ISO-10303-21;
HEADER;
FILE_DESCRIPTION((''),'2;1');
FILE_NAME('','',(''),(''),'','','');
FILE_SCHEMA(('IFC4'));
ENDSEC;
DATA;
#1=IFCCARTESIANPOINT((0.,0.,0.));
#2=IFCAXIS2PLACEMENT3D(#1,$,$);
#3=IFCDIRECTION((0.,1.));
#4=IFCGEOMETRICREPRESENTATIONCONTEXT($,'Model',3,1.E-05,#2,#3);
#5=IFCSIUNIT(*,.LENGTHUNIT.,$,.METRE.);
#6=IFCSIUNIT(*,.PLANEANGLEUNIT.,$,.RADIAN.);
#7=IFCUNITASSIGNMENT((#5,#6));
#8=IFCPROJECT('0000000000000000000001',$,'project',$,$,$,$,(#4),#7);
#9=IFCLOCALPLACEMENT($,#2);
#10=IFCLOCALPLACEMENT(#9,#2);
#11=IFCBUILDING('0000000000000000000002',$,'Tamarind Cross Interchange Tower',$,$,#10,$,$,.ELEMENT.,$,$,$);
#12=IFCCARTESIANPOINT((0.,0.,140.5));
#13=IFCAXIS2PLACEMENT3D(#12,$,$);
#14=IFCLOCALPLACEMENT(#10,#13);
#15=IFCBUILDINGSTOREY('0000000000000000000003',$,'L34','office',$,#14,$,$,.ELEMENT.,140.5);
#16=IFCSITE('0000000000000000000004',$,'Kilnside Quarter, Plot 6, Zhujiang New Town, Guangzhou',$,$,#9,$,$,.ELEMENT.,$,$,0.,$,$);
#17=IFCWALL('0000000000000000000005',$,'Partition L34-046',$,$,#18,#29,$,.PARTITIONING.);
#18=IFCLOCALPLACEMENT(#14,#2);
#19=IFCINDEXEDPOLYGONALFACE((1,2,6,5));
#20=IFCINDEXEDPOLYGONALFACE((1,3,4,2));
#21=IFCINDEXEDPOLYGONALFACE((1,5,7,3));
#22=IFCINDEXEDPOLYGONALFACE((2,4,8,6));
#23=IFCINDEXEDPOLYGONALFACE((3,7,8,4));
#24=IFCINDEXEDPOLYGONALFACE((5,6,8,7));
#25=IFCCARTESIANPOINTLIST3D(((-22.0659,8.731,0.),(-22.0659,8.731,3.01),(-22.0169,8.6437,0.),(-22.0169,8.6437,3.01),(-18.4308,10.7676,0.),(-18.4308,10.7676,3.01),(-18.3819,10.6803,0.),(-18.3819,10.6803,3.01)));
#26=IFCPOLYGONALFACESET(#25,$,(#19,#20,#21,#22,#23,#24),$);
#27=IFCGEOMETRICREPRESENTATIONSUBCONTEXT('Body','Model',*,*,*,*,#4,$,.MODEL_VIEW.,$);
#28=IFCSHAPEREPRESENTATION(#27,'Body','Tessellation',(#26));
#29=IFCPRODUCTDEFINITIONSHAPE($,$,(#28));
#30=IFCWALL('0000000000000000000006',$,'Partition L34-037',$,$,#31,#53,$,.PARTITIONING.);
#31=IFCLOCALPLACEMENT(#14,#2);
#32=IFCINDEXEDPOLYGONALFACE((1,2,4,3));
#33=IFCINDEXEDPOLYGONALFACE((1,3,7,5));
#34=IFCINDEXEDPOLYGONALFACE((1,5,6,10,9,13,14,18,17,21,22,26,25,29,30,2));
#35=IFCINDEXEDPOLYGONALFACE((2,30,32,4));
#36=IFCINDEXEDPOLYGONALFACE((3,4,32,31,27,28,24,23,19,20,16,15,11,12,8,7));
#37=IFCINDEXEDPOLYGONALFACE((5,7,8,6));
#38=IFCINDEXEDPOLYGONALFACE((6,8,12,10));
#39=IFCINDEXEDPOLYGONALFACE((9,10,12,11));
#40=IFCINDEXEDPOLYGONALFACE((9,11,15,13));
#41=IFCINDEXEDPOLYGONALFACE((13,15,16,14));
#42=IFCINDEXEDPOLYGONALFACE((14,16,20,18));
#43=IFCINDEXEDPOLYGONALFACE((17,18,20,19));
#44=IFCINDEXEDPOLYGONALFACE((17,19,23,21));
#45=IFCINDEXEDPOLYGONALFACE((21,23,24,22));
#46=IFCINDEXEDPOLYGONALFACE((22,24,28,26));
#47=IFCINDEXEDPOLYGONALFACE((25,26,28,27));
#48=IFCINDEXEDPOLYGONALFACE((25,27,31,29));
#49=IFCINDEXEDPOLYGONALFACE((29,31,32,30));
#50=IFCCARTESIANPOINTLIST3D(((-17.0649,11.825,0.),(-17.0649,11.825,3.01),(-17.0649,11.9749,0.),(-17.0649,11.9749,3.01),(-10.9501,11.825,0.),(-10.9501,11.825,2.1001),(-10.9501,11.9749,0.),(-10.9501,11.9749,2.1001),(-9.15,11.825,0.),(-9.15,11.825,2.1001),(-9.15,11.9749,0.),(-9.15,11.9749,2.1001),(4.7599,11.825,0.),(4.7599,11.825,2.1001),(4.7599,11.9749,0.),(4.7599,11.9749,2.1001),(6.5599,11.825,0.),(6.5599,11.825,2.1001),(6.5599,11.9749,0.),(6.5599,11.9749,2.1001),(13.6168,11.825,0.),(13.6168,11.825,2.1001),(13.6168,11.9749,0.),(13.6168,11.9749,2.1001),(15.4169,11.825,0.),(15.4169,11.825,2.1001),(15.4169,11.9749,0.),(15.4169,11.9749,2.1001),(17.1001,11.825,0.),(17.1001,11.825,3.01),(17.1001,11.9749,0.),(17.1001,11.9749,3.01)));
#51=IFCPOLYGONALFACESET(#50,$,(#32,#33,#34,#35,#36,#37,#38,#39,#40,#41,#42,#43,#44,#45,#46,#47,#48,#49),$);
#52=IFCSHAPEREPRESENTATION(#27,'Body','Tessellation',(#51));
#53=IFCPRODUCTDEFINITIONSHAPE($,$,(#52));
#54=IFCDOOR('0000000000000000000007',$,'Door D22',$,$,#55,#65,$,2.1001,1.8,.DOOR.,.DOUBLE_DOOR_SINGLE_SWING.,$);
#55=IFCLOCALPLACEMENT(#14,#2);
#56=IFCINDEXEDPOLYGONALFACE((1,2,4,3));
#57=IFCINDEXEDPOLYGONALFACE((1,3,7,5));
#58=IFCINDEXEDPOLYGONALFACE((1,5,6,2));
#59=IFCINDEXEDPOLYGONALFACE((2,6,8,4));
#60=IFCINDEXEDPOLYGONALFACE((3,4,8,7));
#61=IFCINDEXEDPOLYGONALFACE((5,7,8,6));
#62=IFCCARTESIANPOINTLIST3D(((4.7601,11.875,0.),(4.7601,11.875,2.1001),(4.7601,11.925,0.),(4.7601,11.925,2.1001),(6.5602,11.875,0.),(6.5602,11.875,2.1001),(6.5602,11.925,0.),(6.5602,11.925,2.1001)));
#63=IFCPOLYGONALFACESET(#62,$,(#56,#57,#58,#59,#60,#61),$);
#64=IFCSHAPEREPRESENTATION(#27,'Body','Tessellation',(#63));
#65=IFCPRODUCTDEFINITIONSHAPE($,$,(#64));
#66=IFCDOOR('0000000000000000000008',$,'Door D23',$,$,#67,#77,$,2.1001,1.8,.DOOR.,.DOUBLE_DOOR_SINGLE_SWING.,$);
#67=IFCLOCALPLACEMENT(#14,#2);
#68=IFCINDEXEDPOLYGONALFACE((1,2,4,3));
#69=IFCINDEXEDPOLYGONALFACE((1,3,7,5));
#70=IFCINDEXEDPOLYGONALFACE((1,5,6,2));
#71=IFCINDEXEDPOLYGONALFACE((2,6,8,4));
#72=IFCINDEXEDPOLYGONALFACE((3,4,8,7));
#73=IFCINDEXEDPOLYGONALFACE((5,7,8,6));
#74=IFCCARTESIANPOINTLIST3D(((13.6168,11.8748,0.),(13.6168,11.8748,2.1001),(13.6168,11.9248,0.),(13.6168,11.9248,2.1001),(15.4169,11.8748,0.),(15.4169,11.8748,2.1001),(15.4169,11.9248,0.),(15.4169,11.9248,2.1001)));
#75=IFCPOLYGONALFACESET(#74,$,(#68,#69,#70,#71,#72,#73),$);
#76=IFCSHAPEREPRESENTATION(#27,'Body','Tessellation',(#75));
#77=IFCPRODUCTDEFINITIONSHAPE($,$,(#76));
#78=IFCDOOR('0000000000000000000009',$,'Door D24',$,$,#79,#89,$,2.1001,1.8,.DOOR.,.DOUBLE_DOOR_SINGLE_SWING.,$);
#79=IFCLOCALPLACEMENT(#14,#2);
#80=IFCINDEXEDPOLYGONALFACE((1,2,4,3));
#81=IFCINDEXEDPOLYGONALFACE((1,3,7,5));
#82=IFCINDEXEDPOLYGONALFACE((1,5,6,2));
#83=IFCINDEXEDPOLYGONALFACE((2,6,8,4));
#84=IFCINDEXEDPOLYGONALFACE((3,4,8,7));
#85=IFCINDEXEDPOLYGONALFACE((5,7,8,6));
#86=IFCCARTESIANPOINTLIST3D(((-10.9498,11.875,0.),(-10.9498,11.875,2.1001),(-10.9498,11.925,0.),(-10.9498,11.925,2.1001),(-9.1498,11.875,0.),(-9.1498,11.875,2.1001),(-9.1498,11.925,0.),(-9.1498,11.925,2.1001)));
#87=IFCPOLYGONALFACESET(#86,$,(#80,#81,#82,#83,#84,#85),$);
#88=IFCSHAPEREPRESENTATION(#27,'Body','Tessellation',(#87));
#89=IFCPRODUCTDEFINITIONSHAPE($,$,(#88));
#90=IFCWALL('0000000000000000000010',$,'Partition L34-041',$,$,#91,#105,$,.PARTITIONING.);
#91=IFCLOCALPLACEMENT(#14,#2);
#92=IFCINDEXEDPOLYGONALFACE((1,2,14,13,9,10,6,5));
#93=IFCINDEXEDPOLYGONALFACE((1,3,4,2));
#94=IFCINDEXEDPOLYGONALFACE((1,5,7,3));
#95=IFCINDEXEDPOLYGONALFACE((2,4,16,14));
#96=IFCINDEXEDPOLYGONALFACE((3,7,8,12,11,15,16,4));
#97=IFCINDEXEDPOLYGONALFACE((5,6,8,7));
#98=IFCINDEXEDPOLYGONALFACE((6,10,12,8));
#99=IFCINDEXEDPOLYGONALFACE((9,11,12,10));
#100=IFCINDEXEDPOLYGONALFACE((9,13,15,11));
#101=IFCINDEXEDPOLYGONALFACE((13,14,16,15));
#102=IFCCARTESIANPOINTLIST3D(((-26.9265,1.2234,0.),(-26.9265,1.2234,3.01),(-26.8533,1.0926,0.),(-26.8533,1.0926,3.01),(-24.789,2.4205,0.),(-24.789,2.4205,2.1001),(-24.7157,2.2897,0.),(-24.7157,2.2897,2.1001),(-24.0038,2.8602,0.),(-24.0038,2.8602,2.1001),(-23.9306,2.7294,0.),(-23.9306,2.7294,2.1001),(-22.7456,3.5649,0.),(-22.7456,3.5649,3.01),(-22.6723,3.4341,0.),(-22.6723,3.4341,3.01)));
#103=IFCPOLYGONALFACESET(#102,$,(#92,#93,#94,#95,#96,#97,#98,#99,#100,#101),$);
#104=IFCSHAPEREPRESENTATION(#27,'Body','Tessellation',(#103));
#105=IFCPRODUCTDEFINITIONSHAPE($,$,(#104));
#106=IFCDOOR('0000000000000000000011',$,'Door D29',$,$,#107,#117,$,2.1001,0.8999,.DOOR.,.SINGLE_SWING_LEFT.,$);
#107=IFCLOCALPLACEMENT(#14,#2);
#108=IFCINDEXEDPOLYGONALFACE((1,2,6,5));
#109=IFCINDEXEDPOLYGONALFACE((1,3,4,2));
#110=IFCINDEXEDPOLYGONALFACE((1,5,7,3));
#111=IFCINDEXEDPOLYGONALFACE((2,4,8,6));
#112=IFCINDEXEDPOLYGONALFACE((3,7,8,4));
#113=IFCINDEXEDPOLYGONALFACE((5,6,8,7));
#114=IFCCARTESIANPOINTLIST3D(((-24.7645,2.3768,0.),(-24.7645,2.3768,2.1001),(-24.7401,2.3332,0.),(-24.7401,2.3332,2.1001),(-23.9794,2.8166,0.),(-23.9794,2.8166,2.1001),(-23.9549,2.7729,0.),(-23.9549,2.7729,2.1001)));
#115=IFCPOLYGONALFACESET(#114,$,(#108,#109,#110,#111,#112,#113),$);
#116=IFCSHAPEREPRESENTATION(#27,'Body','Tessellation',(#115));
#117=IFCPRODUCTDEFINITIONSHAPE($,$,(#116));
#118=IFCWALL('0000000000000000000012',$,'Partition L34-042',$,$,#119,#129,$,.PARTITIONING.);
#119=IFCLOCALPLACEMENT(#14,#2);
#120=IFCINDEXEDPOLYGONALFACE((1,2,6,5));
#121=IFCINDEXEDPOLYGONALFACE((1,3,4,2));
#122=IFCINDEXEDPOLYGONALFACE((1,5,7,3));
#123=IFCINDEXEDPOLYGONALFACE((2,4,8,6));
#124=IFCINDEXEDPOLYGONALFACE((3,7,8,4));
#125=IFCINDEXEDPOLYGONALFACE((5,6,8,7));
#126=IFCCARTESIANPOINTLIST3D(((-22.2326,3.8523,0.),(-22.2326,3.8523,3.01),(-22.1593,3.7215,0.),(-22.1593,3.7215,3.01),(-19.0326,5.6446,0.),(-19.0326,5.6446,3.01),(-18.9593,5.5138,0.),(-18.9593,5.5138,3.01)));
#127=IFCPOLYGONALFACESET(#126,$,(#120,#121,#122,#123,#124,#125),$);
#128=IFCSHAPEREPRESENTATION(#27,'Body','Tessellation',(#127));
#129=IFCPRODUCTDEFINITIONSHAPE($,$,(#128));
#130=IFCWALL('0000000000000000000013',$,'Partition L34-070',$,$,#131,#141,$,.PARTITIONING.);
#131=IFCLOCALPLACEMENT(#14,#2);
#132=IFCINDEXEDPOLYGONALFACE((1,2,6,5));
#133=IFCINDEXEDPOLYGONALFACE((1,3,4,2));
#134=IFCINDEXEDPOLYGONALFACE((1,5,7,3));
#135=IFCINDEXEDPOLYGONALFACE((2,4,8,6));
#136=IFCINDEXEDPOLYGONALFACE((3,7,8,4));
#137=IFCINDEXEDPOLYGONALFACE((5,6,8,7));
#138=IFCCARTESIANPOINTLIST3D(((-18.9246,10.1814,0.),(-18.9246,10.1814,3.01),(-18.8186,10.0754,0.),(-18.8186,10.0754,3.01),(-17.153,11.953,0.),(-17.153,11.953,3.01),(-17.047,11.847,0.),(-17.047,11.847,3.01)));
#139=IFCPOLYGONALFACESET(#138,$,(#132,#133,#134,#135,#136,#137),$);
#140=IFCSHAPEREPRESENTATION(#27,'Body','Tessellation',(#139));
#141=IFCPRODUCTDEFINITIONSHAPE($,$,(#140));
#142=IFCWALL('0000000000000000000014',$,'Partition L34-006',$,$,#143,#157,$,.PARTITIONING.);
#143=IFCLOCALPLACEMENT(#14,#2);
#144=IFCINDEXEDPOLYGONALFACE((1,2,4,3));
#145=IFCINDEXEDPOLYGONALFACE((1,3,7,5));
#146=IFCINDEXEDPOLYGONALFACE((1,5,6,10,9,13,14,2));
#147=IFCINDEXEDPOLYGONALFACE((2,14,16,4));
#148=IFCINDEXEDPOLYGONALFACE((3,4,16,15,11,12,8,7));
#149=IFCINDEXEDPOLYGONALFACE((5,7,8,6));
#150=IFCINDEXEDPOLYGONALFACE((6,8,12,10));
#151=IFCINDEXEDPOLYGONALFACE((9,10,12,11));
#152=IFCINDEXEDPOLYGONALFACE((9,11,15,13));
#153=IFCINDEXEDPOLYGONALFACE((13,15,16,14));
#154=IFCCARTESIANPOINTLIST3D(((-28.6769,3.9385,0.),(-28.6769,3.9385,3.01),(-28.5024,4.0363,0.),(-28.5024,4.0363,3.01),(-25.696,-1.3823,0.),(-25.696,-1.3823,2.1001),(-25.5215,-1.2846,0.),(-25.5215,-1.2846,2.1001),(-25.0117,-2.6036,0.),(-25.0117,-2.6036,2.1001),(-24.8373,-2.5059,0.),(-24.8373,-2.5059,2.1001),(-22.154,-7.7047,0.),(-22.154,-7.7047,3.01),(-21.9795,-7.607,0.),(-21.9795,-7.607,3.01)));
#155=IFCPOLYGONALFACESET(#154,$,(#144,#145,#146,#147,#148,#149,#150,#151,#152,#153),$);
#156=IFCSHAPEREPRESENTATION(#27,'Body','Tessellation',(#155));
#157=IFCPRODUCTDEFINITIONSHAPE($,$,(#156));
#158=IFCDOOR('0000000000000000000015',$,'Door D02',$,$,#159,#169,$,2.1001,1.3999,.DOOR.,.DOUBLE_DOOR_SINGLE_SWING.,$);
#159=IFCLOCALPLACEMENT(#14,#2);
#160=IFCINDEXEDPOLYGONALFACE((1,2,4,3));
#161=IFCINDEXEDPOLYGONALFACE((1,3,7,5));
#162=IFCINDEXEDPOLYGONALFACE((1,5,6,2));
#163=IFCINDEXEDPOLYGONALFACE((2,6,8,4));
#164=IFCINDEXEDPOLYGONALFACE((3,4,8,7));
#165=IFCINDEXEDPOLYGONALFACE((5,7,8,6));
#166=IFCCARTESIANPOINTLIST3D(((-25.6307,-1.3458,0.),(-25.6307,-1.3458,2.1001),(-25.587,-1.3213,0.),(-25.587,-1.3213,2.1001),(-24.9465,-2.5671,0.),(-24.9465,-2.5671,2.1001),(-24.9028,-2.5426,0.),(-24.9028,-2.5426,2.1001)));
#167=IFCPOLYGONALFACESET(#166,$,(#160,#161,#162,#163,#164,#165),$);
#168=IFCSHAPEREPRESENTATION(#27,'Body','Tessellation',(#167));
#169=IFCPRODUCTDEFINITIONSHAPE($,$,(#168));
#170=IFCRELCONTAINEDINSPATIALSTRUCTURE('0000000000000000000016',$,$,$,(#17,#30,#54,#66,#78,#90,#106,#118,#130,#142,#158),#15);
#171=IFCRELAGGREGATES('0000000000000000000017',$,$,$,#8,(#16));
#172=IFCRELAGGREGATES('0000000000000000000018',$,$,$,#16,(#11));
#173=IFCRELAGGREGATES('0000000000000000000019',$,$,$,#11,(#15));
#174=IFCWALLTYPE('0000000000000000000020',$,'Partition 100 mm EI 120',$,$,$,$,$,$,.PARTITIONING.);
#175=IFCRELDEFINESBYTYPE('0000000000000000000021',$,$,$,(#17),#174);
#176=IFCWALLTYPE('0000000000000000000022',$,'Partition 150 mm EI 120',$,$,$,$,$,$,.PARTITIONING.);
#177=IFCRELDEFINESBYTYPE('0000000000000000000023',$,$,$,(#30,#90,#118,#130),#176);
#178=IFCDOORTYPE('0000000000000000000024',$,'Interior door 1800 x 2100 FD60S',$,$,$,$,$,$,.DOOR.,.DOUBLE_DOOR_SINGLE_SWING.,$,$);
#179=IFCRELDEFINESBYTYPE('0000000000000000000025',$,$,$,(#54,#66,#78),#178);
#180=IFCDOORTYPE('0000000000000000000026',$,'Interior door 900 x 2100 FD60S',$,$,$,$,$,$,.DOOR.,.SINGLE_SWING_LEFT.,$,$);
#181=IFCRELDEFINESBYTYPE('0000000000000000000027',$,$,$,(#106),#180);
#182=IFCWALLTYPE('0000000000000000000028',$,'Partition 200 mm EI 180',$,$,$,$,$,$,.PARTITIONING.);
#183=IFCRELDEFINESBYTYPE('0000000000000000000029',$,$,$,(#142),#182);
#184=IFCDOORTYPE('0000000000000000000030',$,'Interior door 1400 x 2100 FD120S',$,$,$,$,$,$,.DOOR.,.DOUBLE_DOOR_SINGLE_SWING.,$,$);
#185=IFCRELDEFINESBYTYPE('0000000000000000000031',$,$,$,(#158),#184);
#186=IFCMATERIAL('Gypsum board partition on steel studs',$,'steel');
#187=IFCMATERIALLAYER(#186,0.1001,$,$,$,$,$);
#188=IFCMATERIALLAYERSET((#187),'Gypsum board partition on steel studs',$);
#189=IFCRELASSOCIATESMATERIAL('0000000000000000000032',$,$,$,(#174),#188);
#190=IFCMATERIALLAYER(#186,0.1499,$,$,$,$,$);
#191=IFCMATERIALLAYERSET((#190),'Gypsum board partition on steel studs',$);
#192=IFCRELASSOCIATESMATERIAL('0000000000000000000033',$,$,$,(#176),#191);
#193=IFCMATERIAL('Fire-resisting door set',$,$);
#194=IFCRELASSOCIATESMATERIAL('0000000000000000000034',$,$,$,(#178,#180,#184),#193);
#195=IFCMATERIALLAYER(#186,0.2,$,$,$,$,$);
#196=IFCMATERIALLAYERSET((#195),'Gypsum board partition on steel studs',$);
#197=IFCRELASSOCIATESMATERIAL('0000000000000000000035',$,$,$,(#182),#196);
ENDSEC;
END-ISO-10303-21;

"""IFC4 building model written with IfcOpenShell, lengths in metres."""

from ifc_helpers import new_model, si_unit, direction, frame, frame_2d, origin, place, context, subcontext, project, spatial, rectangle, extrude, material, layer, layer_set, type_object, element, fill, save


model = new_model("IFC4")

# Units and contexts
model_context = context("Model", 3, precision=1e-05, world=origin(), true_north=direction((0.0, 1.0)))
body_context = subcontext(model_context, "Body", "Model", "MODEL_VIEW")
ifc_project = project(units=[si_unit("LENGTHUNIT", "METRE"), si_unit("PLANEANGLEUNIT", "RADIAN")], contexts=[model_context])

# Site, building, storey
site_placement = place(None, origin())
site = spatial("IfcSite", under=ifc_project, at=site_placement, Name="Kilnside Quarter, Plot 6, Zhujiang New Town, Guangzhou", CompositionType="ELEMENT", RefElevation=0.0)
building_placement = place(site_placement, origin())
building = spatial("IfcBuilding", under=site, at=building_placement, Name="Tamarind Cross Interchange Tower", CompositionType="ELEMENT")
storey_placement = place(building_placement, frame((0.0, 0.0, 140.5)))
storey = spatial("IfcBuildingStorey", under=building, at=storey_placement, Name="L34", Description="office", CompositionType="ELEMENT", Elevation=140.5)

# Wall
ifc_material_1 = material(Name="Gypsum board partition on steel studs", Category="steel")
ifc_layer_1 = layer(ifc_material_1, 0.1001)
ifc_layer_set_1 = layer_set([ifc_layer_1], Name="Gypsum board partition on steel studs")
wall_type_1 = type_object("IfcWallType", Name="Partition 100 mm EI 120", PredefinedType="PARTITIONING", material=ifc_layer_set_1)
wall_1_placement = place(storey_placement, frame((-22.0415, 8.6873, 0.0), z_axis=(0.0, 0.0, 1.0), x_axis=(0.872402, 0.488789, 0.0)))
element("IfcWall", 1, at=wall_1_placement, inside=storey, type_object=wall_type_1, Name="Partition L34-046", PredefinedType="PARTITIONING", context=body_context, shape_type="SweptSolid", body=[
    extrude(rectangle(XDim=4.1667, YDim=0.1001, at=frame_2d((2.0835, 0.0))), origin(), (0.0, 0.0, 1.0), 3.01),
])

# Wall, openings, doors
ifc_layer_2 = layer(ifc_material_1, 0.1499)
ifc_layer_set_2 = layer_set([ifc_layer_2], Name="Gypsum board partition on steel studs")
wall_type_2 = type_object("IfcWallType", Name="Partition 150 mm EI 120", PredefinedType="PARTITIONING", material=ifc_layer_set_2)
wall_2_placement = place(storey_placement, frame((-17.0649, 11.8999, 0.0), z_axis=(0.0, 0.0, 1.0), x_axis=(1.0, 0.0, 0.0)))
wall_2 = element("IfcWall", 2, at=wall_2_placement, inside=storey, type_object=wall_type_2, Name="Partition L34-037", PredefinedType="PARTITIONING", context=body_context, shape_type="SweptSolid", body=[
    extrude(rectangle(XDim=34.165, YDim=0.1499, at=frame_2d((17.0825, 0.0))), origin(), (0.0, 0.0, 1.0), 3.01),
])
opening_1_placement = place(wall_2_placement, frame((21.825, 0.0, 0.0)))
opening_1 = element("IfcOpeningElement", 3, at=opening_1_placement, cuts=wall_2, PredefinedType="OPENING", context=body_context, shape_type="SweptSolid", body=[
    extrude(rectangle(XDim=1.8, YDim=2.1001, at=frame_2d((0.8999, 1.05))), frame((0.0, 0.085, 0.0), z_axis=(0.0, -1.0, 0.0), x_axis=(1.0, 0.0, 0.0)), (0.0, 0.0, 1.0), 0.1699),
])
opening_2_placement = place(wall_2_placement, frame((30.6819, 0.0, 0.0)))
opening_2 = element("IfcOpeningElement", 4, at=opening_2_placement, cuts=wall_2, PredefinedType="OPENING", context=body_context, shape_type="SweptSolid", body=[
    extrude(rectangle(XDim=1.8, YDim=2.1001, at=frame_2d((0.8999, 1.05))), frame((0.0, 0.085, 0.0), z_axis=(0.0, -1.0, 0.0), x_axis=(1.0, 0.0, 0.0)), (0.0, 0.0, 1.0), 0.1699),
])
opening_3_placement = place(wall_2_placement, frame((6.115, 0.0, 0.0)))
opening_3 = element("IfcOpeningElement", 5, at=opening_3_placement, cuts=wall_2, PredefinedType="OPENING", context=body_context, shape_type="SweptSolid", body=[
    extrude(rectangle(XDim=1.8, YDim=2.1001, at=frame_2d((0.8999, 1.05))), frame((0.0, 0.085, 0.0), z_axis=(0.0, -1.0, 0.0), x_axis=(1.0, 0.0, 0.0)), (0.0, 0.0, 1.0), 0.1699),
])
ifc_material_2 = material(Name="Fire-resisting door set")
door_type_1 = type_object("IfcDoorType", Name="Interior door 1800 x 2100 FD60S", OperationType="DOUBLE_DOOR_SINGLE_SWING", PredefinedType="DOOR", material=ifc_material_2)
door_1_placement = place(opening_1_placement, frame((1.8, 0.0, 0.0), z_axis=(0.0, 0.0, 1.0), x_axis=(-1.0, 0.0, 0.0)))
door_1 = element("IfcDoor", 6, at=door_1_placement, inside=storey, type_object=door_type_1, Name="Door D22", OperationType="DOUBLE_DOOR_SINGLE_SWING", OverallHeight=2.1001, OverallWidth=1.8, PredefinedType="DOOR", context=body_context, shape_type="SweptSolid", body=[
    extrude(rectangle(XDim=1.8, YDim=2.1001, at=frame_2d((0.8999, 1.05))), frame((0.0, 0.0249, 0.0), z_axis=(0.0, -1.0, 0.0), x_axis=(1.0, 0.0, 0.0)), (0.0, 0.0, 1.0), 0.05),
])
fill(opening_1, door_1)
door_2_placement = place(opening_2_placement, origin())
door_2 = element("IfcDoor", 7, at=door_2_placement, inside=storey, type_object=door_type_1, Name="Door D23", OperationType="DOUBLE_DOOR_SINGLE_SWING", OverallHeight=2.1001, OverallWidth=1.8, PredefinedType="DOOR", context=body_context, shape_type="SweptSolid", body=[
    extrude(rectangle(XDim=1.8, YDim=2.1001, at=frame_2d((0.8999, 1.05))), frame((0.0, 0.0249, 0.0), z_axis=(0.0, -1.0, 0.0), x_axis=(1.0, 0.0, 0.0)), (0.0, 0.0, 1.0), 0.05),
])
fill(opening_2, door_2)
door_3_placement = place(opening_3_placement, frame((1.8, 0.0, 0.0), z_axis=(0.0, 0.0, 1.0), x_axis=(-1.0, 0.0, 0.0)))
door_3 = element("IfcDoor", 8, at=door_3_placement, inside=storey, type_object=door_type_1, Name="Door D24", OperationType="DOUBLE_DOOR_SINGLE_SWING", OverallHeight=2.1001, OverallWidth=1.8, PredefinedType="DOOR", context=body_context, shape_type="SweptSolid", body=[
    extrude(rectangle(XDim=1.8, YDim=2.1001, at=frame_2d((0.8999, 1.05))), frame((0.0, 0.0249, 0.0), z_axis=(0.0, -1.0, 0.0), x_axis=(1.0, 0.0, 0.0)), (0.0, 0.0, 1.0), 0.05),
])
fill(opening_3, door_3)

# Wall, opening, door
wall_3_placement = place(storey_placement, frame((-26.8899, 1.158, 0.0), z_axis=(0.0, 0.0, 1.0), x_axis=(0.872484, 0.488642, 0.0)))
wall_3 = element("IfcWall", 9, at=wall_3_placement, inside=storey, type_object=wall_type_2, Name="Partition L34-041", PredefinedType="PARTITIONING", context=body_context, shape_type="SweptSolid", body=[
    extrude(rectangle(XDim=4.792, YDim=0.1499, at=frame_2d((2.396, 0.0))), origin(), (0.0, 0.0, 1.0), 3.01),
])
opening_4_placement = place(wall_3_placement, frame((2.45, 0.0, 0.0)))
opening_4 = element("IfcOpeningElement", 10, at=opening_4_placement, cuts=wall_3, PredefinedType="OPENING", context=body_context, shape_type="SweptSolid", body=[
    extrude(rectangle(XDim=0.8999, YDim=2.1001, at=frame_2d((0.45, 1.05))), frame((0.0, 0.085, 0.0), z_axis=(0.0, -1.0, 0.0), x_axis=(1.0, 0.0, 0.0)), (0.0, 0.0, 1.0), 0.1699),
])
door_type_2 = type_object("IfcDoorType", Name="Interior door 900 x 2100 FD60S", OperationType="SINGLE_SWING_LEFT", PredefinedType="DOOR", material=ifc_material_2)
door_4_placement = place(opening_4_placement, origin())
door_4 = element("IfcDoor", 11, at=door_4_placement, inside=storey, type_object=door_type_2, Name="Door D29", OperationType="SINGLE_SWING_LEFT", OverallHeight=2.1001, OverallWidth=0.8999, PredefinedType="DOOR", context=body_context, shape_type="SweptSolid", body=[
    extrude(rectangle(XDim=0.8999, YDim=2.1001, at=frame_2d((0.45, 1.05))), frame((0.0, 0.0249, 0.0), z_axis=(0.0, -1.0, 0.0), x_axis=(1.0, 0.0, 0.0)), (0.0, 0.0, 1.0), 0.05),
])
fill(opening_4, door_4)

# Walls
wall_4_placement = place(storey_placement, frame((-22.196, 3.7869, 0.0), z_axis=(0.0, 0.0, 1.0), x_axis=(0.872475, 0.488658, 0.0)))
element("IfcWall", 12, at=wall_4_placement, inside=storey, type_object=wall_type_2, Name="Partition L34-042", PredefinedType="PARTITIONING", context=body_context, shape_type="SweptSolid", body=[
    extrude(rectangle(XDim=3.6677, YDim=0.1499, at=frame_2d((1.834, 0.0))), origin(), (0.0, 0.0, 1.0), 3.01),
])
wall_5_placement = place(storey_placement, frame((-18.8716, 10.1284, 0.0), z_axis=(0.0, 0.0, 1.0), x_axis=(0.707107, 0.707107, 0.0)))
element("IfcWall", 13, at=wall_5_placement, inside=storey, type_object=wall_type_2, Name="Partition L34-070", PredefinedType="PARTITIONING", context=body_context, shape_type="SweptSolid", body=[
    extrude(rectangle(XDim=2.5054, YDim=0.1499, at=frame_2d((1.2527, 0.0))), origin(), (0.0, 0.0, 1.0), 3.01),
])

# Wall, opening, door
ifc_layer_3 = layer(ifc_material_1, 0.2)
ifc_layer_set_3 = layer_set([ifc_layer_3], Name="Gypsum board partition on steel studs")
wall_type_3 = type_object("IfcWallType", Name="Partition 200 mm EI 180", PredefinedType="PARTITIONING", material=ifc_layer_set_3)
wall_6_placement = place(storey_placement, frame((-28.5896, 3.9873, 0.0), z_axis=(0.0, 0.0, 1.0), x_axis=(0.488757, -0.87242, 0.0)))
wall_6 = element("IfcWall", 14, at=wall_6_placement, inside=storey, type_object=wall_type_3, Name="Partition L34-006", PredefinedType="PARTITIONING", context=body_context, shape_type="SweptSolid", body=[
    extrude(rectangle(XDim=13.3459, YDim=0.2, at=frame_2d((6.6729, 0.0))), origin(), (0.0, 0.0, 1.0), 3.01),
])
opening_5_placement = place(wall_6_placement, frame((6.0989, 0.0, 0.0)))
opening_5 = element("IfcOpeningElement", 15, at=opening_5_placement, cuts=wall_6, PredefinedType="OPENING", context=body_context, shape_type="SweptSolid", body=[
    extrude(rectangle(XDim=1.3999, YDim=2.1001, at=frame_2d((0.7, 1.05))), frame((0.0, 0.1099, 0.0), z_axis=(0.0, -1.0, 0.0), x_axis=(1.0, 0.0, 0.0)), (0.0, 0.0, 1.0), 0.22),
])
door_type_3 = type_object("IfcDoorType", Name="Interior door 1400 x 2100 FD120S", OperationType="DOUBLE_DOOR_SINGLE_SWING", PredefinedType="DOOR", material=ifc_material_2)
door_5_placement = place(opening_5_placement, origin())
door_5 = element("IfcDoor", 16, at=door_5_placement, inside=storey, type_object=door_type_3, Name="Door D02", OperationType="DOUBLE_DOOR_SINGLE_SWING", OverallHeight=2.1001, OverallWidth=1.3999, PredefinedType="DOOR", context=body_context, shape_type="SweptSolid", body=[
    extrude(rectangle(XDim=1.3999, YDim=2.1001, at=frame_2d((0.7, 1.05))), frame((0.0, 0.0249, 0.0), z_axis=(0.0, -1.0, 0.0), x_axis=(1.0, 0.0, 0.0)), (0.0, 0.0, 1.0), 0.05),
])
fill(opening_5, door_5)

save(model, "model.ifc")
